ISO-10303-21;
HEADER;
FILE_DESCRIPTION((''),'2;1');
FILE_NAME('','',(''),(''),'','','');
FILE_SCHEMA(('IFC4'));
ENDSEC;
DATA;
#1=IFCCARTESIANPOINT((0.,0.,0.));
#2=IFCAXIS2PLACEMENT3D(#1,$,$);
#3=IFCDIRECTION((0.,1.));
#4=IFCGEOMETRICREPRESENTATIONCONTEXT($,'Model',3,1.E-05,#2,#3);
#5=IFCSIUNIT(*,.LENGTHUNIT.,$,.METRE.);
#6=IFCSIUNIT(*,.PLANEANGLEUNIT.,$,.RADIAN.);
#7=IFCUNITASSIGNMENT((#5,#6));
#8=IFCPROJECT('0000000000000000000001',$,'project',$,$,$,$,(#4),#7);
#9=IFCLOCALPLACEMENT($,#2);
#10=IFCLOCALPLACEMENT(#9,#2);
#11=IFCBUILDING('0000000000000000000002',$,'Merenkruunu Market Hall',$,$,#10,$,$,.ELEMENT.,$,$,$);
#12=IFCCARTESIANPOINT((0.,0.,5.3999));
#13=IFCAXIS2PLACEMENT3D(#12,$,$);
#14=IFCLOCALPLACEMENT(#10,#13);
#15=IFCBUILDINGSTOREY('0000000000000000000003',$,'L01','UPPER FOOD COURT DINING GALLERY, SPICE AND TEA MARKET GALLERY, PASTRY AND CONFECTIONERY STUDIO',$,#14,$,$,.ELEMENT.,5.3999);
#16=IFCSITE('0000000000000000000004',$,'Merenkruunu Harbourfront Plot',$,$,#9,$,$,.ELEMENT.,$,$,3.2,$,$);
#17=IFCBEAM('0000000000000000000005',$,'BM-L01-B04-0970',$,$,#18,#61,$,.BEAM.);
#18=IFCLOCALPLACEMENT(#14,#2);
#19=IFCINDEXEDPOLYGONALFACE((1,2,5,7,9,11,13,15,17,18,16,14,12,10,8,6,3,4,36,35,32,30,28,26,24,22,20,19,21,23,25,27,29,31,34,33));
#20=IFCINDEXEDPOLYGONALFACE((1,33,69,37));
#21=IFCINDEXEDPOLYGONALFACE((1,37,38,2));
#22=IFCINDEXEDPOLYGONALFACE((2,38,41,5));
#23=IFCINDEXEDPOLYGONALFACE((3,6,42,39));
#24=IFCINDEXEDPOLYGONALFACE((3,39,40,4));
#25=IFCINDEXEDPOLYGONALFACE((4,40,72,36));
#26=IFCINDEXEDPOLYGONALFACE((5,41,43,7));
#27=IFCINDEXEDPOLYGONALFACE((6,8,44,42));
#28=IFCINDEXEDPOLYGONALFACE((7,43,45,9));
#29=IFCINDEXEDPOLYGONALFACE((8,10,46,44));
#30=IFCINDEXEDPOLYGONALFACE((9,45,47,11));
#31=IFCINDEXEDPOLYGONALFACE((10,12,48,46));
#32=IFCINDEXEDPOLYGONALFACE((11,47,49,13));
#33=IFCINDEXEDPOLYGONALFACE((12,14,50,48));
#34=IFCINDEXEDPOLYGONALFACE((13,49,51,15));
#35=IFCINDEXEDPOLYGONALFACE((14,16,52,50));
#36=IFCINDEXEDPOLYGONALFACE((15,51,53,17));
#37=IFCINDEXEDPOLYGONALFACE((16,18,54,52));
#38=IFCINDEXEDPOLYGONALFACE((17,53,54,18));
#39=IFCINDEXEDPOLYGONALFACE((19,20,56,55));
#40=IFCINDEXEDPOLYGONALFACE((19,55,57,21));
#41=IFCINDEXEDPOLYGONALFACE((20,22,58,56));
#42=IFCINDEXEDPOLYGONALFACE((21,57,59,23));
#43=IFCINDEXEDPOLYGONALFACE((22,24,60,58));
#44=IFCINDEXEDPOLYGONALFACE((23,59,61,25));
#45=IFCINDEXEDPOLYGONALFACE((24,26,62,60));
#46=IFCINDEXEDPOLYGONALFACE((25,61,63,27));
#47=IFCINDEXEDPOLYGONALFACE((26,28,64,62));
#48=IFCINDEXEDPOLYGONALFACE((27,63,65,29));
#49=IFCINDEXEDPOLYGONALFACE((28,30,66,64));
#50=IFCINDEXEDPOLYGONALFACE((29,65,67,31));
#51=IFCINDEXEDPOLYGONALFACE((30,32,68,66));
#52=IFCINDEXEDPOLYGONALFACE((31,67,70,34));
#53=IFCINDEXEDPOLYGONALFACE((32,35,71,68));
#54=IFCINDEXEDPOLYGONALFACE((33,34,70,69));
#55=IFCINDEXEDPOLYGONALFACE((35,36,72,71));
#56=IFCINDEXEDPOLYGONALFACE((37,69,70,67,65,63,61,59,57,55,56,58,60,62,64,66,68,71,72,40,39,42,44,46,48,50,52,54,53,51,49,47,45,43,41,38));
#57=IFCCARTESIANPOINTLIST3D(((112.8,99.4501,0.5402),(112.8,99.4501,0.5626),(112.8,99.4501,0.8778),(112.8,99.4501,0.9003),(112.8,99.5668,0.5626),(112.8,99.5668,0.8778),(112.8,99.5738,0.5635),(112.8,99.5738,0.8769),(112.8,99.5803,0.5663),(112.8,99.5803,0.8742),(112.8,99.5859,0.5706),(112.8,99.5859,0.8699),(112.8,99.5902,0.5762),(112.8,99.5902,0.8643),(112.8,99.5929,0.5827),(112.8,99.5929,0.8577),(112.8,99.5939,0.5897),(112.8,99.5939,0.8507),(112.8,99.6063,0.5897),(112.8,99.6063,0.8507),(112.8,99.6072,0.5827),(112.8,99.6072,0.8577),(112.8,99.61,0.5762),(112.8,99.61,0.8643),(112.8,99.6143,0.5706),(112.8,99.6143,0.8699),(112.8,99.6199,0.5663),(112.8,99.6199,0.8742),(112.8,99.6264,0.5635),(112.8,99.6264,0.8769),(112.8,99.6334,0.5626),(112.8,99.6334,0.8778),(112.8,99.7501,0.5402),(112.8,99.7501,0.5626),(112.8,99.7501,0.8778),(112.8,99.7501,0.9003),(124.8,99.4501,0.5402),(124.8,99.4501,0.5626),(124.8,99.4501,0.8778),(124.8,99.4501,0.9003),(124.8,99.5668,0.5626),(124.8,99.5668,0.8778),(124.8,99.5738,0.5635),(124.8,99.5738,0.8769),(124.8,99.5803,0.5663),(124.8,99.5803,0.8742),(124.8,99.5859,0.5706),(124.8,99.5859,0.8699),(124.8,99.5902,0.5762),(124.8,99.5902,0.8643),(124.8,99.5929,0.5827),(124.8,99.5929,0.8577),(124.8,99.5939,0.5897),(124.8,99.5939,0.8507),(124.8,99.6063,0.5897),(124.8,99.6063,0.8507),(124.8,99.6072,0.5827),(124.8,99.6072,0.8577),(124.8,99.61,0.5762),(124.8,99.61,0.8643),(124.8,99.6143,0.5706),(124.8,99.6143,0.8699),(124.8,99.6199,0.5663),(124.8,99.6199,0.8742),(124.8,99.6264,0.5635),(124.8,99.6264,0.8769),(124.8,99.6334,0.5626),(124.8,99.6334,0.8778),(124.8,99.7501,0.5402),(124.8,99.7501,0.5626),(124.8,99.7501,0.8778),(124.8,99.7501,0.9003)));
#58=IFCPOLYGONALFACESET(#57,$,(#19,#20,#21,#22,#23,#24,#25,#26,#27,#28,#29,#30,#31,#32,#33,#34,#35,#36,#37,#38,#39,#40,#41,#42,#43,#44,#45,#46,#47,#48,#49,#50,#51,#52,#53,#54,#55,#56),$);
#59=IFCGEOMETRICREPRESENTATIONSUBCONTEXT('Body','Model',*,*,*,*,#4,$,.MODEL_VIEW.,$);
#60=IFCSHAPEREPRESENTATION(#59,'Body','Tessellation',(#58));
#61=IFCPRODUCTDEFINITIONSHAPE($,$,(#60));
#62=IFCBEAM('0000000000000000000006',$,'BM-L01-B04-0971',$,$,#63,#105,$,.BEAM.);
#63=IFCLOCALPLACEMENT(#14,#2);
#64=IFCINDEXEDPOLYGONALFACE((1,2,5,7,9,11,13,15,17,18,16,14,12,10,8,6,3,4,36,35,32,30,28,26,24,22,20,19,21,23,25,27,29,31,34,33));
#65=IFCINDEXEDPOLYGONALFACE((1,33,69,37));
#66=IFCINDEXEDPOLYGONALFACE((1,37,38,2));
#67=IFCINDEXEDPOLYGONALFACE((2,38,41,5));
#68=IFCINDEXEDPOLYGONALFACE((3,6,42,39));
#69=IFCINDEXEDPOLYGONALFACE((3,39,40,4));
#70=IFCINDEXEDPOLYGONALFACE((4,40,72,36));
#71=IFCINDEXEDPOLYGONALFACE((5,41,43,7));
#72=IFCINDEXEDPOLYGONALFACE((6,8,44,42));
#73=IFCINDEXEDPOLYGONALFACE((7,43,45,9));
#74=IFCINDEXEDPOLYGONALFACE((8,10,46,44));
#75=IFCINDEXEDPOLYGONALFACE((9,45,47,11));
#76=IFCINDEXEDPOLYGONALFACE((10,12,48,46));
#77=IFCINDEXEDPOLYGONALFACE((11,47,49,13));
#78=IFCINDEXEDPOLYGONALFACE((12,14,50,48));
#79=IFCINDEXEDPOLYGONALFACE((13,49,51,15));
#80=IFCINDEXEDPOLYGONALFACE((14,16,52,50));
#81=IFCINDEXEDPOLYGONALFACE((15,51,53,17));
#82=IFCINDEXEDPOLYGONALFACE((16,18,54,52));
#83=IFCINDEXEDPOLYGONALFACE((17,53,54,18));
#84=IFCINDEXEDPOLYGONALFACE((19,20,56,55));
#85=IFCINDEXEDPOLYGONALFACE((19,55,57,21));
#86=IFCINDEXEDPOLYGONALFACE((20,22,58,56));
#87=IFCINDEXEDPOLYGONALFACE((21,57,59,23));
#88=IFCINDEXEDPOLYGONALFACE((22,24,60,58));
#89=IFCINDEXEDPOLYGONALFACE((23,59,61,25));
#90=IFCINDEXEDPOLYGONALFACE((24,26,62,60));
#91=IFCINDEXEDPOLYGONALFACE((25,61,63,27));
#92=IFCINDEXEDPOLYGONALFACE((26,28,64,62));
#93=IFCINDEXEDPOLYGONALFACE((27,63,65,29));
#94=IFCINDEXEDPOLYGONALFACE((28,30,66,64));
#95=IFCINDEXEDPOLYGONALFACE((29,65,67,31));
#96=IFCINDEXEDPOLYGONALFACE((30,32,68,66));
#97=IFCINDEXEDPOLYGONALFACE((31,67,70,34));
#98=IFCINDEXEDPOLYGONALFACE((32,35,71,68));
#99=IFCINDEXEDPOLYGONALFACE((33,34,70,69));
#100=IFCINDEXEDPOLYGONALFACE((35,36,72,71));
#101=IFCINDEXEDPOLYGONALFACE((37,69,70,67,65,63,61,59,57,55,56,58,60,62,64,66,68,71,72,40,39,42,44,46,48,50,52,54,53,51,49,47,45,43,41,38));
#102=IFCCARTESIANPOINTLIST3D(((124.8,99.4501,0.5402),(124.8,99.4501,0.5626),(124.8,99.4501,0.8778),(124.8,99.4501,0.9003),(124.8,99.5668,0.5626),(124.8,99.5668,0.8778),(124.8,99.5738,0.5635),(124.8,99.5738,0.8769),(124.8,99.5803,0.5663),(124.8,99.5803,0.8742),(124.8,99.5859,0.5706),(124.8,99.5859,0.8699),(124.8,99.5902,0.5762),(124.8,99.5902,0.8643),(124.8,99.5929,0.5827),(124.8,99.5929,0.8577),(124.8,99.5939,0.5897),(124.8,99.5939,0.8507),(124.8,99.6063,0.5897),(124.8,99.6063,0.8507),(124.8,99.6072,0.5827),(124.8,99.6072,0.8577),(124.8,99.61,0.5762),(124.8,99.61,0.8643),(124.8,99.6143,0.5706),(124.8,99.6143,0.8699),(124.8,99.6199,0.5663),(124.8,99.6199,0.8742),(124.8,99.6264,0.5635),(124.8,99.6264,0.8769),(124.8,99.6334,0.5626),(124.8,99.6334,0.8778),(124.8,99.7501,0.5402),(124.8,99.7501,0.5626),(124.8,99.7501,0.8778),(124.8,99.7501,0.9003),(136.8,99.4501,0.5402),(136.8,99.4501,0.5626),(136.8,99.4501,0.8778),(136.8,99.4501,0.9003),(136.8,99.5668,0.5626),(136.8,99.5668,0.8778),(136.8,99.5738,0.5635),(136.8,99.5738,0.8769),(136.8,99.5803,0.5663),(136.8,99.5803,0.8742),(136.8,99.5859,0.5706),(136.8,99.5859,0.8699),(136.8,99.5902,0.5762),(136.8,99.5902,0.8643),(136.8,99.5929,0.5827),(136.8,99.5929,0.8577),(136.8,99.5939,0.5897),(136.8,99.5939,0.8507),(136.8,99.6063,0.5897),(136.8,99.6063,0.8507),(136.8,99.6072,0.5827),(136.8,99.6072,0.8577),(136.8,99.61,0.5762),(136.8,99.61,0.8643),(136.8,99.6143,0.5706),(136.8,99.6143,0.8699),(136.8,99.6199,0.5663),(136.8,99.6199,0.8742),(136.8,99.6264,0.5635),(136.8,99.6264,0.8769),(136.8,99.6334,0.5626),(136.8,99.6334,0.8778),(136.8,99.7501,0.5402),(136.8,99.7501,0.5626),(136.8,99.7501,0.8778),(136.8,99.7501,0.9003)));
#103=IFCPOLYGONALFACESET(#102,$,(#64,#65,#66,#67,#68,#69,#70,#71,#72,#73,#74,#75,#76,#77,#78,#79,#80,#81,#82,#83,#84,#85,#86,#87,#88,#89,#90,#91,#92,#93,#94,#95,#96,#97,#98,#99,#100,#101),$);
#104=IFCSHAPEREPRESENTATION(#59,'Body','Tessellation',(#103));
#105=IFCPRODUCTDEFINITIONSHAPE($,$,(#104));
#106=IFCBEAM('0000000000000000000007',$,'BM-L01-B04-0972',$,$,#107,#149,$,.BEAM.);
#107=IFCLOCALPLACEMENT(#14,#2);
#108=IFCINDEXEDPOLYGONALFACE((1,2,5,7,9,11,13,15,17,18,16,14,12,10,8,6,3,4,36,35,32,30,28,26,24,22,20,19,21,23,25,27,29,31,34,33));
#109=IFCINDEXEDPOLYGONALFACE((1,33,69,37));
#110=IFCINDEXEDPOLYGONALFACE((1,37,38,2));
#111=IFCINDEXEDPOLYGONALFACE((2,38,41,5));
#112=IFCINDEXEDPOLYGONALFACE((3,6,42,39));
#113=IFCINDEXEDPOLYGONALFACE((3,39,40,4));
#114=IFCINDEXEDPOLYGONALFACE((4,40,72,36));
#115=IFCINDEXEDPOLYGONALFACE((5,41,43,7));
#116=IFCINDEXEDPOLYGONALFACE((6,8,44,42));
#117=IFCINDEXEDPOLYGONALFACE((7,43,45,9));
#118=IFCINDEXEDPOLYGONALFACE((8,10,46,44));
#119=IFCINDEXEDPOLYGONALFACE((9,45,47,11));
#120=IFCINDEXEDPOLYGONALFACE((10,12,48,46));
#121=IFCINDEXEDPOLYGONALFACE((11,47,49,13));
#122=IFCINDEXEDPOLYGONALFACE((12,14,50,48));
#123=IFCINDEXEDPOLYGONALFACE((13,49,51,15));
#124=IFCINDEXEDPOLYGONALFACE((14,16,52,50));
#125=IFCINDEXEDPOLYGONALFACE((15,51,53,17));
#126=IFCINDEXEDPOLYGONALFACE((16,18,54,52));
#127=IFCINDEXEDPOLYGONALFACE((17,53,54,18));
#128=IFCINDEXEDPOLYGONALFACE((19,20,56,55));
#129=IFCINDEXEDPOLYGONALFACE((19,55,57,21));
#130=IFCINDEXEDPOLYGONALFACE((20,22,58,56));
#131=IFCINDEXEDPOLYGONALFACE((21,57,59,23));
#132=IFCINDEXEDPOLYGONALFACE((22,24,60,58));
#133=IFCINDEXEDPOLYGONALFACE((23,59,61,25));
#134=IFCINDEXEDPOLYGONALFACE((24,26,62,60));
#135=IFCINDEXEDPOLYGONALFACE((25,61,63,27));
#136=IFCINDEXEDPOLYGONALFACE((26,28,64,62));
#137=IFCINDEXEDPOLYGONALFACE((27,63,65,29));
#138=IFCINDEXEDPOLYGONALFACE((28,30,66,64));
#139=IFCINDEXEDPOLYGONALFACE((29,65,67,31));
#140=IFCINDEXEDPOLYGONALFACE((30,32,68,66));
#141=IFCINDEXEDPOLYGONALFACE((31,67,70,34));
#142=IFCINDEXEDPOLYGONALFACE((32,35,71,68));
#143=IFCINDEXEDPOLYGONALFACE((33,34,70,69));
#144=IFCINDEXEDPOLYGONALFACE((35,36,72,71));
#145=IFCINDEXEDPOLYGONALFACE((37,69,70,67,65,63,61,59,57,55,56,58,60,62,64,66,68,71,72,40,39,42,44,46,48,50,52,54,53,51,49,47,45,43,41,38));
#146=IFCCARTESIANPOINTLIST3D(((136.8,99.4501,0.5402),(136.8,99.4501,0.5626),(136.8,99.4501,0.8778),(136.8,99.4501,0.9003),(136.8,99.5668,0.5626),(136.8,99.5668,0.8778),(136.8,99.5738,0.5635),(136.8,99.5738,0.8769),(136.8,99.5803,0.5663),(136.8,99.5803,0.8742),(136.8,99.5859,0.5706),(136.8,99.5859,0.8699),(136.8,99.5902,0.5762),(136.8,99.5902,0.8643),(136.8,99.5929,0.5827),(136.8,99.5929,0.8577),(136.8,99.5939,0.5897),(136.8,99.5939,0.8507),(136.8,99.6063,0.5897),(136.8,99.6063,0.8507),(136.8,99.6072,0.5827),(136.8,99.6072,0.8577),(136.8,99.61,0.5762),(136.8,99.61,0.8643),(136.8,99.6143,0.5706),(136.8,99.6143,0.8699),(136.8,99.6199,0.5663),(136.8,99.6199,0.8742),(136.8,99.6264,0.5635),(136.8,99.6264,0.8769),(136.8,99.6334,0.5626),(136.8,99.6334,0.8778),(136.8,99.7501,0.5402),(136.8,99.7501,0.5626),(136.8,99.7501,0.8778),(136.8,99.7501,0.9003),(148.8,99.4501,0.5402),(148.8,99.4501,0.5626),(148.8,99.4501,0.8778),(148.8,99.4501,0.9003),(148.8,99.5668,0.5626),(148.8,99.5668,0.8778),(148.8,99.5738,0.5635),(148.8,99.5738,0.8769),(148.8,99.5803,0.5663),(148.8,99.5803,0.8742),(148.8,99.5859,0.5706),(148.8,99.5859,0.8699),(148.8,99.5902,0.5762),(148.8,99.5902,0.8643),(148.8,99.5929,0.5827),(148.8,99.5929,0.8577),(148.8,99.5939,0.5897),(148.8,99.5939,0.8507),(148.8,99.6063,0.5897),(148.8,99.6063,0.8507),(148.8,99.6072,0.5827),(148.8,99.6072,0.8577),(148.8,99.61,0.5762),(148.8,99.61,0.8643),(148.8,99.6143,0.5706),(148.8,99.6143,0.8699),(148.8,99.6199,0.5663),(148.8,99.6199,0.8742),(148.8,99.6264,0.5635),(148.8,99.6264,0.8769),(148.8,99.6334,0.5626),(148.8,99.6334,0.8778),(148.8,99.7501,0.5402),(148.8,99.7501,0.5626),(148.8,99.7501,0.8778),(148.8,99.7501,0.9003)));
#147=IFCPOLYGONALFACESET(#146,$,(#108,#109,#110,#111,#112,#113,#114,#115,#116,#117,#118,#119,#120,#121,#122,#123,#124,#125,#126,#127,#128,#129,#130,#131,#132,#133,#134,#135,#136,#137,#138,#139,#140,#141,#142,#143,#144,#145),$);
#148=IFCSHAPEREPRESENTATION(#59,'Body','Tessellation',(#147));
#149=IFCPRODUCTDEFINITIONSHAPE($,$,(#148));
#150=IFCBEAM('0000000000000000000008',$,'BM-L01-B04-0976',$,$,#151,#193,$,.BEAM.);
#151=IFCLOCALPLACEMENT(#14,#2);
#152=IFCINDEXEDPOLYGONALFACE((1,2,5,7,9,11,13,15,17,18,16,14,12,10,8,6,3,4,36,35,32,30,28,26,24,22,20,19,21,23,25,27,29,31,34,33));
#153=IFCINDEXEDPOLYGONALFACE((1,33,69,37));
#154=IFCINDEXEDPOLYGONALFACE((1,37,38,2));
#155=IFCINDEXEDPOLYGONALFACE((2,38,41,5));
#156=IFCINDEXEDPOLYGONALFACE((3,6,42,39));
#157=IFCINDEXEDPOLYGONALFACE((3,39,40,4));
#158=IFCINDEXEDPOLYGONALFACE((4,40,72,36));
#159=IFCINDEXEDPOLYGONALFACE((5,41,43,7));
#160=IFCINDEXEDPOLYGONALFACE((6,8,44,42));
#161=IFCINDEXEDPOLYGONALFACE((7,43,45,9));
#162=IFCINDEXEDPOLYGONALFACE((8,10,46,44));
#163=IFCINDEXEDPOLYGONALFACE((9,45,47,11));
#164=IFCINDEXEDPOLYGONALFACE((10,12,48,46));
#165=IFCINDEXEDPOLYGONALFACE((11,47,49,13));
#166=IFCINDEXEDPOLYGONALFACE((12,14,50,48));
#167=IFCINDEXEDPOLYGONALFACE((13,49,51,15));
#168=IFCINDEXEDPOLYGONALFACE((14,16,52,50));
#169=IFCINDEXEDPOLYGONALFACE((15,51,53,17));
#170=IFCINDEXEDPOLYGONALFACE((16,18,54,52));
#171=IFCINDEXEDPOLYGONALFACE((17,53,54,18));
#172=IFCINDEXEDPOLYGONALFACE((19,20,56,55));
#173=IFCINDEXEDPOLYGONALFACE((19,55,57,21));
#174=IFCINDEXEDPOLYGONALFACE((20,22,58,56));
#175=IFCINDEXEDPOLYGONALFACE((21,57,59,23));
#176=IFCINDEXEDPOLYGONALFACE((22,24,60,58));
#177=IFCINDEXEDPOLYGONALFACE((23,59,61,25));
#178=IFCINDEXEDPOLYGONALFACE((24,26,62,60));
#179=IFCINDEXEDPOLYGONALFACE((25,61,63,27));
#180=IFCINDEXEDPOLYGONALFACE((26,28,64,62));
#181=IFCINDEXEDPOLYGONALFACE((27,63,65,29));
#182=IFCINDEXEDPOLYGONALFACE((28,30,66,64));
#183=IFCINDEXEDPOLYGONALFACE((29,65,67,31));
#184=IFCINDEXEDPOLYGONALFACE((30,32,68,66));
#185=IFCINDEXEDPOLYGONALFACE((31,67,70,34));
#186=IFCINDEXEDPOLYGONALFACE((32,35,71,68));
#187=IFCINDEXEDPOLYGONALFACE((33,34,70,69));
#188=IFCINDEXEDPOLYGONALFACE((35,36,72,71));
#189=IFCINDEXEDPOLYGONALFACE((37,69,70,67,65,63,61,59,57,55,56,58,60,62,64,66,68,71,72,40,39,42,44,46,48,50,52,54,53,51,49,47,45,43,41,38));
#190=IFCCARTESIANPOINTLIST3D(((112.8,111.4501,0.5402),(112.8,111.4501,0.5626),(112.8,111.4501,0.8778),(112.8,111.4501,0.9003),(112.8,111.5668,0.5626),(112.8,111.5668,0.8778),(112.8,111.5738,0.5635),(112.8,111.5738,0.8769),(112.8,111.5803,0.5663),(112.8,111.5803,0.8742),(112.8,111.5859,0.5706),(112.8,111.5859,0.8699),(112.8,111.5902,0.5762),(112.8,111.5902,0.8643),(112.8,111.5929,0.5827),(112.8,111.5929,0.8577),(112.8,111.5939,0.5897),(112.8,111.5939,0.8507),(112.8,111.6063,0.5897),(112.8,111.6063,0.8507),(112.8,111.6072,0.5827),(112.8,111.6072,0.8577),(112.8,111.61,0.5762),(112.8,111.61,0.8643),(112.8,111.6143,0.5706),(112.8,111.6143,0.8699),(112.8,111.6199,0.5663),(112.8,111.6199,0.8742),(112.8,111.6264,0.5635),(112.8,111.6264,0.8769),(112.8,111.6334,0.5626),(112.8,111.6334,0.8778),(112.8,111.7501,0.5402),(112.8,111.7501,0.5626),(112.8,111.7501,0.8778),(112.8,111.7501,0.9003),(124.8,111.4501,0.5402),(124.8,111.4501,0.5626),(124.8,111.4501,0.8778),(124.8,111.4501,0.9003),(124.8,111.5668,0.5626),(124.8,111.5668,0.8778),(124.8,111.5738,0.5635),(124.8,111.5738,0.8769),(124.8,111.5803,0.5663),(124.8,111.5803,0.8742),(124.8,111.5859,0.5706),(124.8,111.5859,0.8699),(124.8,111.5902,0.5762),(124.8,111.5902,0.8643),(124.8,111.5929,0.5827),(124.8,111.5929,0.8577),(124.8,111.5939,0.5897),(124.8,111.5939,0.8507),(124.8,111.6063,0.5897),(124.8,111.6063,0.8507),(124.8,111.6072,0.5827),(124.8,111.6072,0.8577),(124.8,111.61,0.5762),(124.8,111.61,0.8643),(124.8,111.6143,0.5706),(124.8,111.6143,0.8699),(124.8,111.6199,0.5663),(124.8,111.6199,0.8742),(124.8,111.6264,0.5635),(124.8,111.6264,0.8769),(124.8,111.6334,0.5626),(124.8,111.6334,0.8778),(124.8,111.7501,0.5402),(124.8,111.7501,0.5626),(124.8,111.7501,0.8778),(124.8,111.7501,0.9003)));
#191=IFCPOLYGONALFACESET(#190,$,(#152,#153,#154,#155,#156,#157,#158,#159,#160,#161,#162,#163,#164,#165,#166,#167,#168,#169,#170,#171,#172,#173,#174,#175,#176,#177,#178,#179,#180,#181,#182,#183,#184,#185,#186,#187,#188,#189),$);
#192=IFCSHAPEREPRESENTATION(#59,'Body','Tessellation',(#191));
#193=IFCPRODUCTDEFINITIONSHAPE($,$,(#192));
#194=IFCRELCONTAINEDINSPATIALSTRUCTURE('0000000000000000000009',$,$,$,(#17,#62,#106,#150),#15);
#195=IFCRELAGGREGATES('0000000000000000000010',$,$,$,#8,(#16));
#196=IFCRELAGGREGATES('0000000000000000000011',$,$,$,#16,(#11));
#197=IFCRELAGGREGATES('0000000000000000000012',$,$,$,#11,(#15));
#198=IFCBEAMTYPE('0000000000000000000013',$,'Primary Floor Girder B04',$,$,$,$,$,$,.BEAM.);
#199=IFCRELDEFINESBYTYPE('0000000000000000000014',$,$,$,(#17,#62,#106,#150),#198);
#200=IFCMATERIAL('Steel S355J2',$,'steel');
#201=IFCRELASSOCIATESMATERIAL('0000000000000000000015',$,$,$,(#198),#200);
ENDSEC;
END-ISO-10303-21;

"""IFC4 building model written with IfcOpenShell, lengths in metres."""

from ifc_helpers import new_model, si_unit, direction, frame, origin, origin_2d, place, context, subcontext, project, spatial, i_section, extrude, material, material_profile, profile_set, type_object, element, save


model = new_model("IFC4")

# Units and contexts
model_context = context("Model", 3, precision=1e-05, world=origin(), true_north=direction((0.0, 1.0)))
body_context = subcontext(model_context, "Body", "Model", "MODEL_VIEW")
ifc_project = project(units=[si_unit("LENGTHUNIT", "METRE"), si_unit("PLANEANGLEUNIT", "RADIAN")], contexts=[model_context])

# Site, building, storey
site_placement = place(None, origin())
site = spatial("IfcSite", under=ifc_project, at=site_placement, Name="Merenkruunu Harbourfront Plot", CompositionType="ELEMENT", RefElevation=3.2)
building_placement = place(site_placement, origin())
building = spatial("IfcBuilding", under=site, at=building_placement, Name="Merenkruunu Market Hall", CompositionType="ELEMENT")
storey_placement = place(building_placement, frame((0.0, 0.0, 5.3999)))
storey = spatial("IfcBuildingStorey", under=building, at=storey_placement, Name="L01", Description="UPPER FOOD COURT DINING GALLERY, SPICE AND TEA MARKET GALLERY, PASTRY AND CONFECTIONERY STUDIO", CompositionType="ELEMENT", Elevation=5.3999)

# Beams
ifc_material_1 = material(Name="Steel S355J2", Category="steel")
ifc_material_profile_1 = material_profile(ifc_material_1, i_section(OverallWidth=0.3, OverallDepth=0.3601, WebThickness=0.0125, FlangeThickness=0.0225, FilletRadius=0.0271, at=origin_2d()), Name="HEB 360")
ifc_profile_set_1 = profile_set([ifc_material_profile_1], Name="Steel S355J2")
beam_type_1 = type_object("IfcBeamType", Name="Primary Floor Girder B04", PredefinedType="BEAM", material=ifc_profile_set_1)
for number, where, z_axis, x_axis, name in (
    (1, (112.8, 99.6001, 0.7202), (1.0, 0.0, 0.0), (0.0, 1.0, 0.0), "BM-L01-B04-0970"),
    (2, (124.8, 99.6001, 0.7202), (1.0, 0.0, 0.0), (0.0, 1.0, 0.0), "BM-L01-B04-0971"),
    (3, (136.8, 99.6001, 0.7202), (1.0, 0.0, 0.0), (0.0, 1.0, 0.0), "BM-L01-B04-0972"),
    (4, (112.8, 111.6001, 0.7202), (1.0, 0.0, 0.0), (0.0, 1.0, 0.0), "BM-L01-B04-0976"),
):
    element("IfcBeam", number, at=place(storey_placement, frame(where, z_axis=z_axis, x_axis=x_axis)), inside=storey, type_object=beam_type_1, Name=name, PredefinedType="BEAM", context=body_context, shape_type="SweptSolid", body=[
        extrude(i_section(OverallWidth=0.3, OverallDepth=0.3601, WebThickness=0.0125, FlangeThickness=0.0225, FilletRadius=0.0271, at=origin_2d()), origin(), (0.0, 0.0, 1.0), 12.0),
    ])

save(model, "model.ifc")
